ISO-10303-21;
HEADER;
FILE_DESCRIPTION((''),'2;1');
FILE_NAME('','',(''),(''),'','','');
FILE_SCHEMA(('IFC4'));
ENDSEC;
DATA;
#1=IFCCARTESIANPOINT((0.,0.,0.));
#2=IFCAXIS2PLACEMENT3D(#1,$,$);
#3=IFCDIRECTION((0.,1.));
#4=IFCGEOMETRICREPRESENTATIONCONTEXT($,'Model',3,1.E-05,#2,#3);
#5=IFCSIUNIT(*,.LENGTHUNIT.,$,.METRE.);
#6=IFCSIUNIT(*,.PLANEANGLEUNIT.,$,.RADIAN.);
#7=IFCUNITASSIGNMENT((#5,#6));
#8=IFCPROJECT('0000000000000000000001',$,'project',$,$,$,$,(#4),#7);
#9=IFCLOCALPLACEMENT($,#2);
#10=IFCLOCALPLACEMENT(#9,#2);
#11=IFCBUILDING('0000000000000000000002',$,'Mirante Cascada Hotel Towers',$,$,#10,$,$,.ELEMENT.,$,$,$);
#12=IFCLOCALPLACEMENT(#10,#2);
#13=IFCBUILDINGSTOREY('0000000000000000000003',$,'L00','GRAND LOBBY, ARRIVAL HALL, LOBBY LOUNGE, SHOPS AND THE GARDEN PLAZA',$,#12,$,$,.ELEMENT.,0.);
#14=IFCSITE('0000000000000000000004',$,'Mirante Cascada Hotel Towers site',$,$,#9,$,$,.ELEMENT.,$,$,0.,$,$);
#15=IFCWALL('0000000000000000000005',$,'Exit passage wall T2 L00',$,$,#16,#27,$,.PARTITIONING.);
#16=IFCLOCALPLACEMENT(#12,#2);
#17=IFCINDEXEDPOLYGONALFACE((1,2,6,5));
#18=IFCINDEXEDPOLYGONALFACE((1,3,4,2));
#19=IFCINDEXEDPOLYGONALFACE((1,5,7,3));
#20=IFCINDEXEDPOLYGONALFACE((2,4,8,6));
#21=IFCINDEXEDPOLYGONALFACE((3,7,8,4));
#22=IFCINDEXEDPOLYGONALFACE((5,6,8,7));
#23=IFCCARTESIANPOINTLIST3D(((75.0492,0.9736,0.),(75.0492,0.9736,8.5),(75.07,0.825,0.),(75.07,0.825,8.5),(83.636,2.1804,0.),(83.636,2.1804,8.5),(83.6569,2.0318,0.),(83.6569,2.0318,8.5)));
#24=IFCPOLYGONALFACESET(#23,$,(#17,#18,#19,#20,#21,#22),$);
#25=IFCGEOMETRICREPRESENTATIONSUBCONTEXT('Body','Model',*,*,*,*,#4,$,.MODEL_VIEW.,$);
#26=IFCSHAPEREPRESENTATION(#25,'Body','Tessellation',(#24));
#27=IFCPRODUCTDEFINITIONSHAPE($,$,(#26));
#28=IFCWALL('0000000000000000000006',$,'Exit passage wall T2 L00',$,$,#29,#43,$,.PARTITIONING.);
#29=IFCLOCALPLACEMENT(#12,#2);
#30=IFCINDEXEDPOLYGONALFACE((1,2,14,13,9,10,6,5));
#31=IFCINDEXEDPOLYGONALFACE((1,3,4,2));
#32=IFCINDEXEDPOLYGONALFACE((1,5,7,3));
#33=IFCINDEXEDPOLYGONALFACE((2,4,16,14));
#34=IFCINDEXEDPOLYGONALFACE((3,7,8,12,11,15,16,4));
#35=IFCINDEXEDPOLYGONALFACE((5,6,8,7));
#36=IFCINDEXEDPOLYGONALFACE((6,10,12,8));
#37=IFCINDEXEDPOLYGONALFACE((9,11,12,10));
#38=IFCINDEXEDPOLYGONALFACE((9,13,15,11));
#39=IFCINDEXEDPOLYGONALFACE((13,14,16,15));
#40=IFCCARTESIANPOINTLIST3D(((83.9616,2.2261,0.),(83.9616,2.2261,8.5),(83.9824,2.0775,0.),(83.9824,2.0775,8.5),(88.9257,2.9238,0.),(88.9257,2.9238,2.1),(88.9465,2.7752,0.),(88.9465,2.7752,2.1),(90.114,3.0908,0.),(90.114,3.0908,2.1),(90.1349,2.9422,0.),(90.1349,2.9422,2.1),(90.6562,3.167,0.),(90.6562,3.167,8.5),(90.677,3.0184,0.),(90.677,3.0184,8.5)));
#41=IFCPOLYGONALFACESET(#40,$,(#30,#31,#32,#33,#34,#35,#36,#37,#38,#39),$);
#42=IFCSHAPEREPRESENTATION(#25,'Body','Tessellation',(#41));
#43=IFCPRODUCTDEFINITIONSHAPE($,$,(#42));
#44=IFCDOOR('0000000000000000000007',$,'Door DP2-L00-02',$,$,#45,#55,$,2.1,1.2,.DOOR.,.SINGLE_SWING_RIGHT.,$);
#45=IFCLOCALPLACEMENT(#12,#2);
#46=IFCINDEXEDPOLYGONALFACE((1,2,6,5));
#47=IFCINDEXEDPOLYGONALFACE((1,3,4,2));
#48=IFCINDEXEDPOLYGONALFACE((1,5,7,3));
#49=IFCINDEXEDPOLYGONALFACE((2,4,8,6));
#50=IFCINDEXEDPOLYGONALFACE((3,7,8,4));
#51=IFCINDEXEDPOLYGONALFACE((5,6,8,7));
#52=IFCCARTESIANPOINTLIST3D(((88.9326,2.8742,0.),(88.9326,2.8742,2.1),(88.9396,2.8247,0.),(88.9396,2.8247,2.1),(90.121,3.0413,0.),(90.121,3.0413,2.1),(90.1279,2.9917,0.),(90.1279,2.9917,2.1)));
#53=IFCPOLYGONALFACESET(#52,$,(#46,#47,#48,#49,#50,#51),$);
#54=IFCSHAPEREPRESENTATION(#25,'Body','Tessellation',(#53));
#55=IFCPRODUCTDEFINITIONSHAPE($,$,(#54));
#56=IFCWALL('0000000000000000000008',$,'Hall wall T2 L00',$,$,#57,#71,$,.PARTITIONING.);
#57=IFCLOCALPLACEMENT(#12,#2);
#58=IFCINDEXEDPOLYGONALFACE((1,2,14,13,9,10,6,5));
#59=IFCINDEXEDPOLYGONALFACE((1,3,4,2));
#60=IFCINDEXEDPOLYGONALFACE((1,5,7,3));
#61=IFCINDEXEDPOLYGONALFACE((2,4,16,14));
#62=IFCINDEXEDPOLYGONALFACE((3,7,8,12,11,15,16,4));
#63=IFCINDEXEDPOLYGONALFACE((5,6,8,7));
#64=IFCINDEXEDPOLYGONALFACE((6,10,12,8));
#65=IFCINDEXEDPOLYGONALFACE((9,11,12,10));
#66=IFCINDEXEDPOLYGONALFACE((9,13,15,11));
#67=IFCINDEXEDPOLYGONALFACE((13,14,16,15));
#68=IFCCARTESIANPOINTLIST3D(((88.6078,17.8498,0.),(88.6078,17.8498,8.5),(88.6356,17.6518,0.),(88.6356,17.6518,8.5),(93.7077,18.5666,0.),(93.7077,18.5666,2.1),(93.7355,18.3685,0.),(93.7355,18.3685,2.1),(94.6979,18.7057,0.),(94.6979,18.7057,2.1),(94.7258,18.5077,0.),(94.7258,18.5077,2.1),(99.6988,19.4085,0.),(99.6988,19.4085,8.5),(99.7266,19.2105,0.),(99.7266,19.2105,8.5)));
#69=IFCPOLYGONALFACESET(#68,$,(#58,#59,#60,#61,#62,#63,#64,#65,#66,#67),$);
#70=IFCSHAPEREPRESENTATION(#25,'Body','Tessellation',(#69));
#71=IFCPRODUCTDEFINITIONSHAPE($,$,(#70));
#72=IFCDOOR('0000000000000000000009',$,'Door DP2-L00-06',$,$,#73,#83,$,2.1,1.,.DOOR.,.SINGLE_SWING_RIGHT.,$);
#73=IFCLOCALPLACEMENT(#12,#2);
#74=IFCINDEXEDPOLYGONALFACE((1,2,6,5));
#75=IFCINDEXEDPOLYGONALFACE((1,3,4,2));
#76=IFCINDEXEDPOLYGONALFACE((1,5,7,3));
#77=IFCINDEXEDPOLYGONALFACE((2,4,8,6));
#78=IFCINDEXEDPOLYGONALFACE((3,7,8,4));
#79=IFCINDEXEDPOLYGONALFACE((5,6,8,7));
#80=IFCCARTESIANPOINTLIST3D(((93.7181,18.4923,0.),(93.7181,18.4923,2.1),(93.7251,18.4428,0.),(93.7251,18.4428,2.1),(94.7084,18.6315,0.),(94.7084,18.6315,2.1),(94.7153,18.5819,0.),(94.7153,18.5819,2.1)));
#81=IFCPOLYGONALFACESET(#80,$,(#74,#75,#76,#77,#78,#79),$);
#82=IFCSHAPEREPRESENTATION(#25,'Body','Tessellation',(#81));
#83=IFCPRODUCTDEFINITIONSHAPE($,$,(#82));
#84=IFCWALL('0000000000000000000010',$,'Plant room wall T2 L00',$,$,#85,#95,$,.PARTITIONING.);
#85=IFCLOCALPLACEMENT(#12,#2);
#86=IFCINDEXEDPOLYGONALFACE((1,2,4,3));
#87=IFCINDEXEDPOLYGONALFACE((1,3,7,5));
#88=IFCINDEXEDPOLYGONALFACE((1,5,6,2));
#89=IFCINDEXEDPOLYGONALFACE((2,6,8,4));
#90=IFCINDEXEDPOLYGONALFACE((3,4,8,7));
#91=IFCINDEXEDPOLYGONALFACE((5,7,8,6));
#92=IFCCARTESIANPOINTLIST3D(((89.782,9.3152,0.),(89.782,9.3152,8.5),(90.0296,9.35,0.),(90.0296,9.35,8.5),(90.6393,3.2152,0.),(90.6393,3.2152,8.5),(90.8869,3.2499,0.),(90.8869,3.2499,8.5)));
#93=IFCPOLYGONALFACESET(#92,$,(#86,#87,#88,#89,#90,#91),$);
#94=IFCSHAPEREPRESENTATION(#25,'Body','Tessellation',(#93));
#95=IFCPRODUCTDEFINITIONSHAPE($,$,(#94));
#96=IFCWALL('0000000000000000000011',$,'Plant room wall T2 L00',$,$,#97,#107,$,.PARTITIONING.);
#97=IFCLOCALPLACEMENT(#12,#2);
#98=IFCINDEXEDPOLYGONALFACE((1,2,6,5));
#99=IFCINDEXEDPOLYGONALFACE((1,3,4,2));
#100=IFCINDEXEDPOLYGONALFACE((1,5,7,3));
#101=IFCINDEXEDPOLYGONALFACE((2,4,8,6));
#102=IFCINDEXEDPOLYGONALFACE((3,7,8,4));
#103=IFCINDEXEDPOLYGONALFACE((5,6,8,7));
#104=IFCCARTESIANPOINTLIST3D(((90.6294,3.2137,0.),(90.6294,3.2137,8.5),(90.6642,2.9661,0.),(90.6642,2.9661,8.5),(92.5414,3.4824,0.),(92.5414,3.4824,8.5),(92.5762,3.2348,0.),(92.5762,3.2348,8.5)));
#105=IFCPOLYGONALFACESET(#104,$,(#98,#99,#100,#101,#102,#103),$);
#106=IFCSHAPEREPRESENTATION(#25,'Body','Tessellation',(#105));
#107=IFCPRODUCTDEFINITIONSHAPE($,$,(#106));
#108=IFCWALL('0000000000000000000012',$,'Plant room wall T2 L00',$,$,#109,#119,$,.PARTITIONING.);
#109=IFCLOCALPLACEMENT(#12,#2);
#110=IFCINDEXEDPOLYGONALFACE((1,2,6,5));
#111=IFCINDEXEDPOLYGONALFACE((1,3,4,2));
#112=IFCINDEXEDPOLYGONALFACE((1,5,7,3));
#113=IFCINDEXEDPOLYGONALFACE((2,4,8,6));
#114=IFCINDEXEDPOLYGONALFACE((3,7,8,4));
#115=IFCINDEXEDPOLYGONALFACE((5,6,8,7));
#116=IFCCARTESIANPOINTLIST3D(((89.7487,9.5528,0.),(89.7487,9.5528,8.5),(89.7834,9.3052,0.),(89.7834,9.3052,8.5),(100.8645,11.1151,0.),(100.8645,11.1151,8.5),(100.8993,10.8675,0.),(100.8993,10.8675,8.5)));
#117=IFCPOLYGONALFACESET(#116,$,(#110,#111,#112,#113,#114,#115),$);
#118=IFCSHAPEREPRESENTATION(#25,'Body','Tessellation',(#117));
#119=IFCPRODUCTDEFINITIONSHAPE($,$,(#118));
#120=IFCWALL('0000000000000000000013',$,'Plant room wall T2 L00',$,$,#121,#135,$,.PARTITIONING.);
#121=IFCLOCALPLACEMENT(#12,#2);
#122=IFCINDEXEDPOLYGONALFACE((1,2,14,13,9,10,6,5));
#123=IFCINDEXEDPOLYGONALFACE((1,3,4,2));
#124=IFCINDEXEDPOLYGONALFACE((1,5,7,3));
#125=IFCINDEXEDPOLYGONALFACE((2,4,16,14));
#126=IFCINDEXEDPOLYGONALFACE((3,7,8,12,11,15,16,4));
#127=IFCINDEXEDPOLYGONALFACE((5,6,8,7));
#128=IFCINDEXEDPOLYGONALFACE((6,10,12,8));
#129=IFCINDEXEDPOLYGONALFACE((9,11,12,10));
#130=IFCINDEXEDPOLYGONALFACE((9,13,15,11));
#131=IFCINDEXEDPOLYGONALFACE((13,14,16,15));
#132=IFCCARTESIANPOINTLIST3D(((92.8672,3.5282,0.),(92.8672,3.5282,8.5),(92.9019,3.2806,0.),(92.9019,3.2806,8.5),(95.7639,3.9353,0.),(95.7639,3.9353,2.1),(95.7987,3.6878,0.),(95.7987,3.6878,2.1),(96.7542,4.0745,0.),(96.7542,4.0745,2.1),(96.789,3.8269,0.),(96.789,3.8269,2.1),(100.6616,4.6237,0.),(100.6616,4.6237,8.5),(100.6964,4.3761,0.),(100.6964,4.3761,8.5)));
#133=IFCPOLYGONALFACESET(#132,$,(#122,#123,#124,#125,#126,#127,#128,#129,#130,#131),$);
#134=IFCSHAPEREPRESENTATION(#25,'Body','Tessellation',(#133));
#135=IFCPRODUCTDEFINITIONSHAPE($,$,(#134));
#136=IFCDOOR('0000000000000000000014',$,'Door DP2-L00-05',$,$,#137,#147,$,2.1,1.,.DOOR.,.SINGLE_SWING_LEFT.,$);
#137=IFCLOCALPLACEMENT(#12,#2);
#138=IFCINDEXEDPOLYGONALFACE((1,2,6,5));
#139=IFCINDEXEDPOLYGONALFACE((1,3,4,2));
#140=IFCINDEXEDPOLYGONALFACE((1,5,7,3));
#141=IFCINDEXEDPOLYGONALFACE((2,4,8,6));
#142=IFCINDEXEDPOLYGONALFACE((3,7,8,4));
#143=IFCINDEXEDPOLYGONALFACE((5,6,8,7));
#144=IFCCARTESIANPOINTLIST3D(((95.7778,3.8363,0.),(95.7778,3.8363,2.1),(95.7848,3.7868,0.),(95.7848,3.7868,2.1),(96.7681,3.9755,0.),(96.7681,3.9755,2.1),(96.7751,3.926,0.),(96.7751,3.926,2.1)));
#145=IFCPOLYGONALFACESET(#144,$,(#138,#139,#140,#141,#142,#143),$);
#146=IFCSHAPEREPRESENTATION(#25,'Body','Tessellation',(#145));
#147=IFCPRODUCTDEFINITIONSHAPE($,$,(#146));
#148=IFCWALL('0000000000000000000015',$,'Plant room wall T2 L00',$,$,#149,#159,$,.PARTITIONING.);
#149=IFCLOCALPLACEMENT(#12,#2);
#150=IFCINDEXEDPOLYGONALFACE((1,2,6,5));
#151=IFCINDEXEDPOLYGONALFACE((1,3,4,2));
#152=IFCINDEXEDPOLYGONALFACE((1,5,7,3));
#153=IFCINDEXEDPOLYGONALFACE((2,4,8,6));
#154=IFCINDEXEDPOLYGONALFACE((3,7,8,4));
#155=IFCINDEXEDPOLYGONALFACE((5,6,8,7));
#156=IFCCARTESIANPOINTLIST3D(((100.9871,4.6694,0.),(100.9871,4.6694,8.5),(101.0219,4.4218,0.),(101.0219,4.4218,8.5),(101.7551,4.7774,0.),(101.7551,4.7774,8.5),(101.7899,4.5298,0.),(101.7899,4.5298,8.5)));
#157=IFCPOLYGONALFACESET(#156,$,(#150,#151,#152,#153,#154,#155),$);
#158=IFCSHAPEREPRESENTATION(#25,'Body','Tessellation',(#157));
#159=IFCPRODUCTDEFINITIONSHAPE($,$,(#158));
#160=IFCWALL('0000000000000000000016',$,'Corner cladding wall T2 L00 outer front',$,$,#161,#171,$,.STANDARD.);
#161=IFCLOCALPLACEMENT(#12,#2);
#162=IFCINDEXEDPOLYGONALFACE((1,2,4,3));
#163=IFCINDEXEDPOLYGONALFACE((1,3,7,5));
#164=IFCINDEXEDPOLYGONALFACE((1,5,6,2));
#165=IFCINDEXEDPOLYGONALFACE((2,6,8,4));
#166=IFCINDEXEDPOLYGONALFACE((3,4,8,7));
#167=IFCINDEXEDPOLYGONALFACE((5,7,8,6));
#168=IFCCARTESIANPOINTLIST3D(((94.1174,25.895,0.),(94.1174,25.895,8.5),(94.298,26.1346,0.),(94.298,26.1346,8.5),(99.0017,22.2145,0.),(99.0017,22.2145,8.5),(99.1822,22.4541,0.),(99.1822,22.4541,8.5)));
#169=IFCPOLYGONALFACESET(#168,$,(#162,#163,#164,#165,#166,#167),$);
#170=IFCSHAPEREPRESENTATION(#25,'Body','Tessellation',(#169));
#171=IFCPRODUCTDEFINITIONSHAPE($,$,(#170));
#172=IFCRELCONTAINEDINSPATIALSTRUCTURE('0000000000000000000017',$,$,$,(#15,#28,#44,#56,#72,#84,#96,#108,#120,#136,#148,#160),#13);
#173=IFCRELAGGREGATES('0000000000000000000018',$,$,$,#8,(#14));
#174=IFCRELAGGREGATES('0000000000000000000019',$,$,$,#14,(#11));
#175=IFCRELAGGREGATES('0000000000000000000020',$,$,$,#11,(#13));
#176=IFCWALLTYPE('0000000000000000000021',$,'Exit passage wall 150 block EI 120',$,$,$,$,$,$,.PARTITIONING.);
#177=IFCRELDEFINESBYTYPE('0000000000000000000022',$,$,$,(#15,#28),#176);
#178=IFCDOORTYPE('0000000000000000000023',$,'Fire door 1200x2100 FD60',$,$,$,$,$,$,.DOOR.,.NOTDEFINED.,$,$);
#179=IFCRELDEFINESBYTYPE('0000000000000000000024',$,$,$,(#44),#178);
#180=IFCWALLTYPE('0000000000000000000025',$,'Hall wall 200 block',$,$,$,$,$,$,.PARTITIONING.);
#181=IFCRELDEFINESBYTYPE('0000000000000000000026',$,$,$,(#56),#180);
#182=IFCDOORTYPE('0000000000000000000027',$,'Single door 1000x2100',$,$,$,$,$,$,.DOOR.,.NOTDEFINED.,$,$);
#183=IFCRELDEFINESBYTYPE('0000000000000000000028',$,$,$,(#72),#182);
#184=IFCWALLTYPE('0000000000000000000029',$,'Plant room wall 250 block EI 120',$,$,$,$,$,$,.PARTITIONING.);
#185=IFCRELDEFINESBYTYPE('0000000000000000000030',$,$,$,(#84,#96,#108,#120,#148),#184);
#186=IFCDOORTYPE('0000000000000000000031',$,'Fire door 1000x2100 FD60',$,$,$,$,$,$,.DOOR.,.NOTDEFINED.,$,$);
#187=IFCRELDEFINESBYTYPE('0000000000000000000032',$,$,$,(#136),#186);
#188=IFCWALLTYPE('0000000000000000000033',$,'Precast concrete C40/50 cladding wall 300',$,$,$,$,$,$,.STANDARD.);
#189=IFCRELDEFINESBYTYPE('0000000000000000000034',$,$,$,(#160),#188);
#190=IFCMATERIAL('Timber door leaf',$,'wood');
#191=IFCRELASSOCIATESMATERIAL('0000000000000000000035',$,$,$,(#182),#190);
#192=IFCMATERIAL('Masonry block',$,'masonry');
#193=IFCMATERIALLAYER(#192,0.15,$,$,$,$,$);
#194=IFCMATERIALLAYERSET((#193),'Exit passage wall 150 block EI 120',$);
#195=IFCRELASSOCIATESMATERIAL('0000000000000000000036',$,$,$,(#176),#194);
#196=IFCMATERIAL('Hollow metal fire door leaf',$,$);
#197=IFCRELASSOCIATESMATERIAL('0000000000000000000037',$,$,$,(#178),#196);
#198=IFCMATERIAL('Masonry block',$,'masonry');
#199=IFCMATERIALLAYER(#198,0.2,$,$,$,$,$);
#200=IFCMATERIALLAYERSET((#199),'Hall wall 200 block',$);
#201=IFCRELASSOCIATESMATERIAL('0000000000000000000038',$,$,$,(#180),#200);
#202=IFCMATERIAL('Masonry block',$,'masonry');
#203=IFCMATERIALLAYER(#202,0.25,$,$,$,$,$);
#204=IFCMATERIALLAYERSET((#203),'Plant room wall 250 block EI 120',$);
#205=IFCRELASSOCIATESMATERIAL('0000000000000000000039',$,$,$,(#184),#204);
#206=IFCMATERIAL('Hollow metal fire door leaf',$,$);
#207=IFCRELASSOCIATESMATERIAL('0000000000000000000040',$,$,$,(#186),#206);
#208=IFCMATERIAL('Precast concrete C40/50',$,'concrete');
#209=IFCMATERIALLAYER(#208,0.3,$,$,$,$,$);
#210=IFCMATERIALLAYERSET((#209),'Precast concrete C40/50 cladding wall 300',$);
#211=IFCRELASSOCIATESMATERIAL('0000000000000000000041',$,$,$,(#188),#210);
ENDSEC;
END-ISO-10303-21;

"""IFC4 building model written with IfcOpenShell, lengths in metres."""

from ifc_helpers import new_model, si_unit, direction, frame, frame_2d, origin, place, context, subcontext, project, spatial, rectangle, extrude, material, layer, layer_set, type_object, element, fill, save


model = new_model("IFC4")

# Units and contexts
model_context = context("Model", 3, precision=1e-05, world=origin(), true_north=direction((0.0, 1.0)))
body_context = subcontext(model_context, "Body", "Model", "MODEL_VIEW")
ifc_project = project(units=[si_unit("LENGTHUNIT", "METRE"), si_unit("PLANEANGLEUNIT", "RADIAN")], contexts=[model_context])

# Site, building, storey
site_placement = place(None, origin())
site = spatial("IfcSite", under=ifc_project, at=site_placement, Name="Mirante Cascada Hotel Towers site", CompositionType="ELEMENT", RefElevation=0.0)
building_placement = place(site_placement, origin())
building = spatial("IfcBuilding", under=site, at=building_placement, Name="Mirante Cascada Hotel Towers", CompositionType="ELEMENT")
storey_placement = place(building_placement, origin())
storey = spatial("IfcBuildingStorey", under=building, at=storey_placement, Name="L00", Description="GRAND LOBBY, ARRIVAL HALL, LOBBY LOUNGE, SHOPS AND THE GARDEN PLAZA", CompositionType="ELEMENT", Elevation=0.0)

# Shared definitions
ifc_material_1 = material(Name="Timber door leaf", Category="wood")
door_type_1 = type_object("IfcDoorType", Name="Single door 1000x2100", OperationType="NOTDEFINED", PredefinedType="DOOR", material=ifc_material_1)

# Wall
ifc_material_2 = material(Name="Masonry block", Category="masonry")
ifc_layer_1 = layer(ifc_material_2, 0.15)
ifc_layer_set_1 = layer_set([ifc_layer_1], Name="Exit passage wall 150 block EI 120")
wall_type_1 = type_object("IfcWallType", Name="Exit passage wall 150 block EI 120", PredefinedType="PARTITIONING", material=ifc_layer_set_1)
wall_1_placement = place(storey_placement, frame((75.0596, 0.8993, 0.0), z_axis=(0.0, 0.0, 1.0), x_axis=(0.990268, 0.139174, 0.0)))
element("IfcWall", 1, at=wall_1_placement, inside=storey, type_object=wall_type_1, Name="Exit passage wall T2 L00", PredefinedType="PARTITIONING", context=body_context, shape_type="SweptSolid", body=[
    extrude(rectangle(XDim=8.6712, YDim=0.15, at=frame_2d((4.3356, 0.0))), origin(), (0.0, 0.0, 1.0), 8.5),
])

# Walls, openings, doors
wall_2_placement = place(storey_placement, frame((83.972, 2.1518, 0.0), z_axis=(0.0, 0.0, 1.0), x_axis=(0.990267, 0.139178, 0.0)))
wall_2 = element("IfcWall", 2, at=wall_2_placement, inside=storey, type_object=wall_type_1, Name="Exit passage wall T2 L00", PredefinedType="PARTITIONING", context=body_context, shape_type="SweptSolid", body=[
    extrude(rectangle(XDim=6.7604, YDim=0.15, at=frame_2d((3.3802, 0.0))), origin(), (0.0, 0.0, 1.0), 8.5),
])
opening_1_placement = place(wall_2_placement, frame((5.0129, 0.0, 0.0)))
opening_1 = element("IfcOpeningElement", 3, at=opening_1_placement, cuts=wall_2, PredefinedType="OPENING", context=body_context, shape_type="SweptSolid", body=[
    extrude(rectangle(XDim=1.2, YDim=2.1, at=frame_2d((0.6, 1.05))), frame((0.0, 0.075, 0.0), z_axis=(0.0, -1.0, 0.0), x_axis=(1.0, 0.0, 0.0)), (0.0, 0.0, 1.0), 0.15),
])
ifc_material_3 = material(Name="Hollow metal fire door leaf")
door_type_2 = type_object("IfcDoorType", Name="Fire door 1200x2100 FD60", OperationType="NOTDEFINED", PredefinedType="DOOR", material=ifc_material_3)
door_1_placement = place(opening_1_placement, frame((1.2, 0.0, 0.0), z_axis=(0.0, 0.0, 1.0), x_axis=(-1.0, 0.0, 0.0)))
door_1 = element("IfcDoor", 4, at=door_1_placement, inside=storey, type_object=door_type_2, Name="Door DP2-L00-02", OperationType="SINGLE_SWING_RIGHT", OverallHeight=2.1, OverallWidth=1.2, PredefinedType="DOOR", context=body_context, shape_type="SweptSolid", body=[
    extrude(rectangle(XDim=1.2, YDim=2.1, at=frame_2d((0.6, 1.05))), frame((0.0, 0.025, 0.0), z_axis=(0.0, -1.0, 0.0), x_axis=(1.0, 0.0, 0.0)), (0.0, 0.0, 1.0), 0.05),
])
fill(opening_1, door_1)
ifc_material_4 = material(Name="Masonry block", Category="masonry")
ifc_layer_2 = layer(ifc_material_4, 0.2)
ifc_layer_set_2 = layer_set([ifc_layer_2], Name="Hall wall 200 block")
wall_type_2 = type_object("IfcWallType", Name="Hall wall 200 block", PredefinedType="PARTITIONING", material=ifc_layer_set_2)
wall_3_placement = place(storey_placement, frame((88.6217, 17.7508, 0.0), z_axis=(0.0, 0.0, 1.0), x_axis=(0.990268, 0.13917, 0.0)))
wall_3 = element("IfcWall", 5, at=wall_3_placement, inside=storey, type_object=wall_type_2, Name="Hall wall T2 L00", PredefinedType="PARTITIONING", context=body_context, shape_type="SweptSolid", body=[
    extrude(rectangle(XDim=11.2, YDim=0.2, at=frame_2d((5.6, 0.0))), origin(), (0.0, 0.0, 1.0), 8.5),
])
opening_2_placement = place(wall_3_placement, frame((5.15, 0.0, 0.0)))
opening_2 = element("IfcOpeningElement", 6, at=opening_2_placement, cuts=wall_3, PredefinedType="OPENING", context=body_context, shape_type="SweptSolid", body=[
    extrude(rectangle(XDim=1.0, YDim=2.1, at=frame_2d((0.5, 1.05))), frame((0.0, 0.1, 0.0), z_axis=(0.0, -1.0, 0.0), x_axis=(1.0, 0.0, 0.0)), (0.0, 0.0, 1.0), 0.2),
])
door_2_placement = place(opening_2_placement, origin())
door_2 = element("IfcDoor", 7, at=door_2_placement, inside=storey, type_object=door_type_1, Name="Door DP2-L00-06", OperationType="SINGLE_SWING_RIGHT", OverallHeight=2.1, OverallWidth=1.0, PredefinedType="DOOR", context=body_context, shape_type="SweptSolid", body=[
    extrude(rectangle(XDim=1.0, YDim=2.1, at=frame_2d((0.5, 1.05))), frame((0.0, 0.025, 0.0), z_axis=(0.0, -1.0, 0.0), x_axis=(1.0, 0.0, 0.0)), (0.0, 0.0, 1.0), 0.05),
])
fill(opening_2, door_2)

# Walls
ifc_material_5 = material(Name="Masonry block", Category="masonry")
ifc_layer_3 = layer(ifc_material_5, 0.25)
ifc_layer_set_3 = layer_set([ifc_layer_3], Name="Plant room wall 250 block EI 120")
wall_type_3 = type_object("IfcWallType", Name="Plant room wall 250 block EI 120", PredefinedType="PARTITIONING", material=ifc_layer_set_3)
wall_4_placement = place(storey_placement, frame((89.9058, 9.3326, 0.0), z_axis=(0.0, 0.0, 1.0), x_axis=(0.139171, -0.990268, 0.0)))
element("IfcWall", 8, at=wall_4_placement, inside=storey, type_object=wall_type_3, Name="Plant room wall T2 L00", PredefinedType="PARTITIONING", context=body_context, shape_type="SweptSolid", body=[
    extrude(rectangle(XDim=6.16, YDim=0.25, at=frame_2d((3.08, 0.0))), origin(), (0.0, 0.0, 1.0), 8.5),
])
wall_5_placement = place(storey_placement, frame((90.6468, 3.0899, 0.0), z_axis=(0.0, 0.0, 1.0), x_axis=(0.990269, 0.139166, 0.0)))
element("IfcWall", 9, at=wall_5_placement, inside=storey, type_object=wall_type_3, Name="Plant room wall T2 L00", PredefinedType="PARTITIONING", context=body_context, shape_type="SweptSolid", body=[
    extrude(rectangle(XDim=1.9308, YDim=0.25, at=frame_2d((0.9654, 0.0))), origin(), (0.0, 0.0, 1.0), 8.5),
])
wall_6_placement = place(storey_placement, frame((89.766, 9.429, 0.0), z_axis=(0.0, 0.0, 1.0), x_axis=(0.990267, 0.13918, 0.0)))
element("IfcWall", 10, at=wall_6_placement, inside=storey, type_object=wall_type_3, Name="Plant room wall T2 L00", PredefinedType="PARTITIONING", context=body_context, shape_type="SweptSolid", body=[
    extrude(rectangle(XDim=11.2251, YDim=0.25, at=frame_2d((5.6126, 0.0))), origin(), (0.0, 0.0, 1.0), 8.5),
])

# Wall, opening, door
wall_7_placement = place(storey_placement, frame((92.8845, 3.4044, 0.0), z_axis=(0.0, 0.0, 1.0), x_axis=(0.990267, 0.13918, 0.0)))
wall_7 = element("IfcWall", 11, at=wall_7_placement, inside=storey, type_object=wall_type_3, Name="Plant room wall T2 L00", PredefinedType="PARTITIONING", context=body_context, shape_type="SweptSolid", body=[
    extrude(rectangle(XDim=7.8711, YDim=0.25, at=frame_2d((3.9356, 0.0))), origin(), (0.0, 0.0, 1.0), 8.5),
])
opening_3_placement = place(wall_7_placement, frame((2.9253, 0.0, 0.0)))
opening_3 = element("IfcOpeningElement", 12, at=opening_3_placement, cuts=wall_7, PredefinedType="OPENING", context=body_context, shape_type="SweptSolid", body=[
    extrude(rectangle(XDim=1.0, YDim=2.1, at=frame_2d((0.5, 1.05))), frame((0.0, 0.125, 0.0), z_axis=(0.0, -1.0, 0.0), x_axis=(1.0, 0.0, 0.0)), (0.0, 0.0, 1.0), 0.25),
])
ifc_material_6 = material(Name="Hollow metal fire door leaf")
door_type_3 = type_object("IfcDoorType", Name="Fire door 1000x2100 FD60", OperationType="NOTDEFINED", PredefinedType="DOOR", material=ifc_material_6)
door_3_placement = place(opening_3_placement, origin())
door_3 = element("IfcDoor", 13, at=door_3_placement, inside=storey, type_object=door_type_3, Name="Door DP2-L00-05", OperationType="SINGLE_SWING_LEFT", OverallHeight=2.1, OverallWidth=1.0, PredefinedType="DOOR", context=body_context, shape_type="SweptSolid", body=[
    extrude(rectangle(XDim=1.0, YDim=2.1, at=frame_2d((0.5, 1.05))), frame((0.0, 0.025, 0.0), z_axis=(0.0, -1.0, 0.0), x_axis=(1.0, 0.0, 0.0)), (0.0, 0.0, 1.0), 0.05),
])
fill(opening_3, door_3)

# Walls
wall_8_placement = place(storey_placement, frame((101.0045, 4.5456, 0.0), z_axis=(0.0, 0.0, 1.0), x_axis=(0.990257, 0.139255, 0.0)))
element("IfcWall", 14, at=wall_8_placement, inside=storey, type_object=wall_type_3, Name="Plant room wall T2 L00", PredefinedType="PARTITIONING", context=body_context, shape_type="SweptSolid", body=[
    extrude(rectangle(XDim=0.7756, YDim=0.25, at=frame_2d((0.3878, 0.0))), origin(), (0.0, 0.0, 1.0), 8.5),
])
ifc_material_7 = material(Name="Precast concrete C40/50", Category="concrete")
ifc_layer_4 = layer(ifc_material_7, 0.3)
ifc_layer_set_4 = layer_set([ifc_layer_4], Name="Precast concrete C40/50 cladding wall 300")
wall_type_4 = type_object("IfcWallType", Name="Precast concrete C40/50 cladding wall 300", PredefinedType="STANDARD", material=ifc_layer_set_4)
wall_9_placement = place(storey_placement, frame((99.0919, 22.3343, 0.0), z_axis=(0.0, 0.0, 1.0), x_axis=(-0.798636, 0.601814, 0.0)))
element("IfcWall", 15, at=wall_9_placement, inside=storey, type_object=wall_type_4, Name="Corner cladding wall T2 L00 outer front", PredefinedType="STANDARD", context=body_context, shape_type="SweptSolid", body=[
    extrude(rectangle(XDim=6.1157, YDim=0.3, at=frame_2d((3.0578, 0.0))), origin(), (0.0, 0.0, 1.0), 8.5),
])

save(model, "model.ifc")
